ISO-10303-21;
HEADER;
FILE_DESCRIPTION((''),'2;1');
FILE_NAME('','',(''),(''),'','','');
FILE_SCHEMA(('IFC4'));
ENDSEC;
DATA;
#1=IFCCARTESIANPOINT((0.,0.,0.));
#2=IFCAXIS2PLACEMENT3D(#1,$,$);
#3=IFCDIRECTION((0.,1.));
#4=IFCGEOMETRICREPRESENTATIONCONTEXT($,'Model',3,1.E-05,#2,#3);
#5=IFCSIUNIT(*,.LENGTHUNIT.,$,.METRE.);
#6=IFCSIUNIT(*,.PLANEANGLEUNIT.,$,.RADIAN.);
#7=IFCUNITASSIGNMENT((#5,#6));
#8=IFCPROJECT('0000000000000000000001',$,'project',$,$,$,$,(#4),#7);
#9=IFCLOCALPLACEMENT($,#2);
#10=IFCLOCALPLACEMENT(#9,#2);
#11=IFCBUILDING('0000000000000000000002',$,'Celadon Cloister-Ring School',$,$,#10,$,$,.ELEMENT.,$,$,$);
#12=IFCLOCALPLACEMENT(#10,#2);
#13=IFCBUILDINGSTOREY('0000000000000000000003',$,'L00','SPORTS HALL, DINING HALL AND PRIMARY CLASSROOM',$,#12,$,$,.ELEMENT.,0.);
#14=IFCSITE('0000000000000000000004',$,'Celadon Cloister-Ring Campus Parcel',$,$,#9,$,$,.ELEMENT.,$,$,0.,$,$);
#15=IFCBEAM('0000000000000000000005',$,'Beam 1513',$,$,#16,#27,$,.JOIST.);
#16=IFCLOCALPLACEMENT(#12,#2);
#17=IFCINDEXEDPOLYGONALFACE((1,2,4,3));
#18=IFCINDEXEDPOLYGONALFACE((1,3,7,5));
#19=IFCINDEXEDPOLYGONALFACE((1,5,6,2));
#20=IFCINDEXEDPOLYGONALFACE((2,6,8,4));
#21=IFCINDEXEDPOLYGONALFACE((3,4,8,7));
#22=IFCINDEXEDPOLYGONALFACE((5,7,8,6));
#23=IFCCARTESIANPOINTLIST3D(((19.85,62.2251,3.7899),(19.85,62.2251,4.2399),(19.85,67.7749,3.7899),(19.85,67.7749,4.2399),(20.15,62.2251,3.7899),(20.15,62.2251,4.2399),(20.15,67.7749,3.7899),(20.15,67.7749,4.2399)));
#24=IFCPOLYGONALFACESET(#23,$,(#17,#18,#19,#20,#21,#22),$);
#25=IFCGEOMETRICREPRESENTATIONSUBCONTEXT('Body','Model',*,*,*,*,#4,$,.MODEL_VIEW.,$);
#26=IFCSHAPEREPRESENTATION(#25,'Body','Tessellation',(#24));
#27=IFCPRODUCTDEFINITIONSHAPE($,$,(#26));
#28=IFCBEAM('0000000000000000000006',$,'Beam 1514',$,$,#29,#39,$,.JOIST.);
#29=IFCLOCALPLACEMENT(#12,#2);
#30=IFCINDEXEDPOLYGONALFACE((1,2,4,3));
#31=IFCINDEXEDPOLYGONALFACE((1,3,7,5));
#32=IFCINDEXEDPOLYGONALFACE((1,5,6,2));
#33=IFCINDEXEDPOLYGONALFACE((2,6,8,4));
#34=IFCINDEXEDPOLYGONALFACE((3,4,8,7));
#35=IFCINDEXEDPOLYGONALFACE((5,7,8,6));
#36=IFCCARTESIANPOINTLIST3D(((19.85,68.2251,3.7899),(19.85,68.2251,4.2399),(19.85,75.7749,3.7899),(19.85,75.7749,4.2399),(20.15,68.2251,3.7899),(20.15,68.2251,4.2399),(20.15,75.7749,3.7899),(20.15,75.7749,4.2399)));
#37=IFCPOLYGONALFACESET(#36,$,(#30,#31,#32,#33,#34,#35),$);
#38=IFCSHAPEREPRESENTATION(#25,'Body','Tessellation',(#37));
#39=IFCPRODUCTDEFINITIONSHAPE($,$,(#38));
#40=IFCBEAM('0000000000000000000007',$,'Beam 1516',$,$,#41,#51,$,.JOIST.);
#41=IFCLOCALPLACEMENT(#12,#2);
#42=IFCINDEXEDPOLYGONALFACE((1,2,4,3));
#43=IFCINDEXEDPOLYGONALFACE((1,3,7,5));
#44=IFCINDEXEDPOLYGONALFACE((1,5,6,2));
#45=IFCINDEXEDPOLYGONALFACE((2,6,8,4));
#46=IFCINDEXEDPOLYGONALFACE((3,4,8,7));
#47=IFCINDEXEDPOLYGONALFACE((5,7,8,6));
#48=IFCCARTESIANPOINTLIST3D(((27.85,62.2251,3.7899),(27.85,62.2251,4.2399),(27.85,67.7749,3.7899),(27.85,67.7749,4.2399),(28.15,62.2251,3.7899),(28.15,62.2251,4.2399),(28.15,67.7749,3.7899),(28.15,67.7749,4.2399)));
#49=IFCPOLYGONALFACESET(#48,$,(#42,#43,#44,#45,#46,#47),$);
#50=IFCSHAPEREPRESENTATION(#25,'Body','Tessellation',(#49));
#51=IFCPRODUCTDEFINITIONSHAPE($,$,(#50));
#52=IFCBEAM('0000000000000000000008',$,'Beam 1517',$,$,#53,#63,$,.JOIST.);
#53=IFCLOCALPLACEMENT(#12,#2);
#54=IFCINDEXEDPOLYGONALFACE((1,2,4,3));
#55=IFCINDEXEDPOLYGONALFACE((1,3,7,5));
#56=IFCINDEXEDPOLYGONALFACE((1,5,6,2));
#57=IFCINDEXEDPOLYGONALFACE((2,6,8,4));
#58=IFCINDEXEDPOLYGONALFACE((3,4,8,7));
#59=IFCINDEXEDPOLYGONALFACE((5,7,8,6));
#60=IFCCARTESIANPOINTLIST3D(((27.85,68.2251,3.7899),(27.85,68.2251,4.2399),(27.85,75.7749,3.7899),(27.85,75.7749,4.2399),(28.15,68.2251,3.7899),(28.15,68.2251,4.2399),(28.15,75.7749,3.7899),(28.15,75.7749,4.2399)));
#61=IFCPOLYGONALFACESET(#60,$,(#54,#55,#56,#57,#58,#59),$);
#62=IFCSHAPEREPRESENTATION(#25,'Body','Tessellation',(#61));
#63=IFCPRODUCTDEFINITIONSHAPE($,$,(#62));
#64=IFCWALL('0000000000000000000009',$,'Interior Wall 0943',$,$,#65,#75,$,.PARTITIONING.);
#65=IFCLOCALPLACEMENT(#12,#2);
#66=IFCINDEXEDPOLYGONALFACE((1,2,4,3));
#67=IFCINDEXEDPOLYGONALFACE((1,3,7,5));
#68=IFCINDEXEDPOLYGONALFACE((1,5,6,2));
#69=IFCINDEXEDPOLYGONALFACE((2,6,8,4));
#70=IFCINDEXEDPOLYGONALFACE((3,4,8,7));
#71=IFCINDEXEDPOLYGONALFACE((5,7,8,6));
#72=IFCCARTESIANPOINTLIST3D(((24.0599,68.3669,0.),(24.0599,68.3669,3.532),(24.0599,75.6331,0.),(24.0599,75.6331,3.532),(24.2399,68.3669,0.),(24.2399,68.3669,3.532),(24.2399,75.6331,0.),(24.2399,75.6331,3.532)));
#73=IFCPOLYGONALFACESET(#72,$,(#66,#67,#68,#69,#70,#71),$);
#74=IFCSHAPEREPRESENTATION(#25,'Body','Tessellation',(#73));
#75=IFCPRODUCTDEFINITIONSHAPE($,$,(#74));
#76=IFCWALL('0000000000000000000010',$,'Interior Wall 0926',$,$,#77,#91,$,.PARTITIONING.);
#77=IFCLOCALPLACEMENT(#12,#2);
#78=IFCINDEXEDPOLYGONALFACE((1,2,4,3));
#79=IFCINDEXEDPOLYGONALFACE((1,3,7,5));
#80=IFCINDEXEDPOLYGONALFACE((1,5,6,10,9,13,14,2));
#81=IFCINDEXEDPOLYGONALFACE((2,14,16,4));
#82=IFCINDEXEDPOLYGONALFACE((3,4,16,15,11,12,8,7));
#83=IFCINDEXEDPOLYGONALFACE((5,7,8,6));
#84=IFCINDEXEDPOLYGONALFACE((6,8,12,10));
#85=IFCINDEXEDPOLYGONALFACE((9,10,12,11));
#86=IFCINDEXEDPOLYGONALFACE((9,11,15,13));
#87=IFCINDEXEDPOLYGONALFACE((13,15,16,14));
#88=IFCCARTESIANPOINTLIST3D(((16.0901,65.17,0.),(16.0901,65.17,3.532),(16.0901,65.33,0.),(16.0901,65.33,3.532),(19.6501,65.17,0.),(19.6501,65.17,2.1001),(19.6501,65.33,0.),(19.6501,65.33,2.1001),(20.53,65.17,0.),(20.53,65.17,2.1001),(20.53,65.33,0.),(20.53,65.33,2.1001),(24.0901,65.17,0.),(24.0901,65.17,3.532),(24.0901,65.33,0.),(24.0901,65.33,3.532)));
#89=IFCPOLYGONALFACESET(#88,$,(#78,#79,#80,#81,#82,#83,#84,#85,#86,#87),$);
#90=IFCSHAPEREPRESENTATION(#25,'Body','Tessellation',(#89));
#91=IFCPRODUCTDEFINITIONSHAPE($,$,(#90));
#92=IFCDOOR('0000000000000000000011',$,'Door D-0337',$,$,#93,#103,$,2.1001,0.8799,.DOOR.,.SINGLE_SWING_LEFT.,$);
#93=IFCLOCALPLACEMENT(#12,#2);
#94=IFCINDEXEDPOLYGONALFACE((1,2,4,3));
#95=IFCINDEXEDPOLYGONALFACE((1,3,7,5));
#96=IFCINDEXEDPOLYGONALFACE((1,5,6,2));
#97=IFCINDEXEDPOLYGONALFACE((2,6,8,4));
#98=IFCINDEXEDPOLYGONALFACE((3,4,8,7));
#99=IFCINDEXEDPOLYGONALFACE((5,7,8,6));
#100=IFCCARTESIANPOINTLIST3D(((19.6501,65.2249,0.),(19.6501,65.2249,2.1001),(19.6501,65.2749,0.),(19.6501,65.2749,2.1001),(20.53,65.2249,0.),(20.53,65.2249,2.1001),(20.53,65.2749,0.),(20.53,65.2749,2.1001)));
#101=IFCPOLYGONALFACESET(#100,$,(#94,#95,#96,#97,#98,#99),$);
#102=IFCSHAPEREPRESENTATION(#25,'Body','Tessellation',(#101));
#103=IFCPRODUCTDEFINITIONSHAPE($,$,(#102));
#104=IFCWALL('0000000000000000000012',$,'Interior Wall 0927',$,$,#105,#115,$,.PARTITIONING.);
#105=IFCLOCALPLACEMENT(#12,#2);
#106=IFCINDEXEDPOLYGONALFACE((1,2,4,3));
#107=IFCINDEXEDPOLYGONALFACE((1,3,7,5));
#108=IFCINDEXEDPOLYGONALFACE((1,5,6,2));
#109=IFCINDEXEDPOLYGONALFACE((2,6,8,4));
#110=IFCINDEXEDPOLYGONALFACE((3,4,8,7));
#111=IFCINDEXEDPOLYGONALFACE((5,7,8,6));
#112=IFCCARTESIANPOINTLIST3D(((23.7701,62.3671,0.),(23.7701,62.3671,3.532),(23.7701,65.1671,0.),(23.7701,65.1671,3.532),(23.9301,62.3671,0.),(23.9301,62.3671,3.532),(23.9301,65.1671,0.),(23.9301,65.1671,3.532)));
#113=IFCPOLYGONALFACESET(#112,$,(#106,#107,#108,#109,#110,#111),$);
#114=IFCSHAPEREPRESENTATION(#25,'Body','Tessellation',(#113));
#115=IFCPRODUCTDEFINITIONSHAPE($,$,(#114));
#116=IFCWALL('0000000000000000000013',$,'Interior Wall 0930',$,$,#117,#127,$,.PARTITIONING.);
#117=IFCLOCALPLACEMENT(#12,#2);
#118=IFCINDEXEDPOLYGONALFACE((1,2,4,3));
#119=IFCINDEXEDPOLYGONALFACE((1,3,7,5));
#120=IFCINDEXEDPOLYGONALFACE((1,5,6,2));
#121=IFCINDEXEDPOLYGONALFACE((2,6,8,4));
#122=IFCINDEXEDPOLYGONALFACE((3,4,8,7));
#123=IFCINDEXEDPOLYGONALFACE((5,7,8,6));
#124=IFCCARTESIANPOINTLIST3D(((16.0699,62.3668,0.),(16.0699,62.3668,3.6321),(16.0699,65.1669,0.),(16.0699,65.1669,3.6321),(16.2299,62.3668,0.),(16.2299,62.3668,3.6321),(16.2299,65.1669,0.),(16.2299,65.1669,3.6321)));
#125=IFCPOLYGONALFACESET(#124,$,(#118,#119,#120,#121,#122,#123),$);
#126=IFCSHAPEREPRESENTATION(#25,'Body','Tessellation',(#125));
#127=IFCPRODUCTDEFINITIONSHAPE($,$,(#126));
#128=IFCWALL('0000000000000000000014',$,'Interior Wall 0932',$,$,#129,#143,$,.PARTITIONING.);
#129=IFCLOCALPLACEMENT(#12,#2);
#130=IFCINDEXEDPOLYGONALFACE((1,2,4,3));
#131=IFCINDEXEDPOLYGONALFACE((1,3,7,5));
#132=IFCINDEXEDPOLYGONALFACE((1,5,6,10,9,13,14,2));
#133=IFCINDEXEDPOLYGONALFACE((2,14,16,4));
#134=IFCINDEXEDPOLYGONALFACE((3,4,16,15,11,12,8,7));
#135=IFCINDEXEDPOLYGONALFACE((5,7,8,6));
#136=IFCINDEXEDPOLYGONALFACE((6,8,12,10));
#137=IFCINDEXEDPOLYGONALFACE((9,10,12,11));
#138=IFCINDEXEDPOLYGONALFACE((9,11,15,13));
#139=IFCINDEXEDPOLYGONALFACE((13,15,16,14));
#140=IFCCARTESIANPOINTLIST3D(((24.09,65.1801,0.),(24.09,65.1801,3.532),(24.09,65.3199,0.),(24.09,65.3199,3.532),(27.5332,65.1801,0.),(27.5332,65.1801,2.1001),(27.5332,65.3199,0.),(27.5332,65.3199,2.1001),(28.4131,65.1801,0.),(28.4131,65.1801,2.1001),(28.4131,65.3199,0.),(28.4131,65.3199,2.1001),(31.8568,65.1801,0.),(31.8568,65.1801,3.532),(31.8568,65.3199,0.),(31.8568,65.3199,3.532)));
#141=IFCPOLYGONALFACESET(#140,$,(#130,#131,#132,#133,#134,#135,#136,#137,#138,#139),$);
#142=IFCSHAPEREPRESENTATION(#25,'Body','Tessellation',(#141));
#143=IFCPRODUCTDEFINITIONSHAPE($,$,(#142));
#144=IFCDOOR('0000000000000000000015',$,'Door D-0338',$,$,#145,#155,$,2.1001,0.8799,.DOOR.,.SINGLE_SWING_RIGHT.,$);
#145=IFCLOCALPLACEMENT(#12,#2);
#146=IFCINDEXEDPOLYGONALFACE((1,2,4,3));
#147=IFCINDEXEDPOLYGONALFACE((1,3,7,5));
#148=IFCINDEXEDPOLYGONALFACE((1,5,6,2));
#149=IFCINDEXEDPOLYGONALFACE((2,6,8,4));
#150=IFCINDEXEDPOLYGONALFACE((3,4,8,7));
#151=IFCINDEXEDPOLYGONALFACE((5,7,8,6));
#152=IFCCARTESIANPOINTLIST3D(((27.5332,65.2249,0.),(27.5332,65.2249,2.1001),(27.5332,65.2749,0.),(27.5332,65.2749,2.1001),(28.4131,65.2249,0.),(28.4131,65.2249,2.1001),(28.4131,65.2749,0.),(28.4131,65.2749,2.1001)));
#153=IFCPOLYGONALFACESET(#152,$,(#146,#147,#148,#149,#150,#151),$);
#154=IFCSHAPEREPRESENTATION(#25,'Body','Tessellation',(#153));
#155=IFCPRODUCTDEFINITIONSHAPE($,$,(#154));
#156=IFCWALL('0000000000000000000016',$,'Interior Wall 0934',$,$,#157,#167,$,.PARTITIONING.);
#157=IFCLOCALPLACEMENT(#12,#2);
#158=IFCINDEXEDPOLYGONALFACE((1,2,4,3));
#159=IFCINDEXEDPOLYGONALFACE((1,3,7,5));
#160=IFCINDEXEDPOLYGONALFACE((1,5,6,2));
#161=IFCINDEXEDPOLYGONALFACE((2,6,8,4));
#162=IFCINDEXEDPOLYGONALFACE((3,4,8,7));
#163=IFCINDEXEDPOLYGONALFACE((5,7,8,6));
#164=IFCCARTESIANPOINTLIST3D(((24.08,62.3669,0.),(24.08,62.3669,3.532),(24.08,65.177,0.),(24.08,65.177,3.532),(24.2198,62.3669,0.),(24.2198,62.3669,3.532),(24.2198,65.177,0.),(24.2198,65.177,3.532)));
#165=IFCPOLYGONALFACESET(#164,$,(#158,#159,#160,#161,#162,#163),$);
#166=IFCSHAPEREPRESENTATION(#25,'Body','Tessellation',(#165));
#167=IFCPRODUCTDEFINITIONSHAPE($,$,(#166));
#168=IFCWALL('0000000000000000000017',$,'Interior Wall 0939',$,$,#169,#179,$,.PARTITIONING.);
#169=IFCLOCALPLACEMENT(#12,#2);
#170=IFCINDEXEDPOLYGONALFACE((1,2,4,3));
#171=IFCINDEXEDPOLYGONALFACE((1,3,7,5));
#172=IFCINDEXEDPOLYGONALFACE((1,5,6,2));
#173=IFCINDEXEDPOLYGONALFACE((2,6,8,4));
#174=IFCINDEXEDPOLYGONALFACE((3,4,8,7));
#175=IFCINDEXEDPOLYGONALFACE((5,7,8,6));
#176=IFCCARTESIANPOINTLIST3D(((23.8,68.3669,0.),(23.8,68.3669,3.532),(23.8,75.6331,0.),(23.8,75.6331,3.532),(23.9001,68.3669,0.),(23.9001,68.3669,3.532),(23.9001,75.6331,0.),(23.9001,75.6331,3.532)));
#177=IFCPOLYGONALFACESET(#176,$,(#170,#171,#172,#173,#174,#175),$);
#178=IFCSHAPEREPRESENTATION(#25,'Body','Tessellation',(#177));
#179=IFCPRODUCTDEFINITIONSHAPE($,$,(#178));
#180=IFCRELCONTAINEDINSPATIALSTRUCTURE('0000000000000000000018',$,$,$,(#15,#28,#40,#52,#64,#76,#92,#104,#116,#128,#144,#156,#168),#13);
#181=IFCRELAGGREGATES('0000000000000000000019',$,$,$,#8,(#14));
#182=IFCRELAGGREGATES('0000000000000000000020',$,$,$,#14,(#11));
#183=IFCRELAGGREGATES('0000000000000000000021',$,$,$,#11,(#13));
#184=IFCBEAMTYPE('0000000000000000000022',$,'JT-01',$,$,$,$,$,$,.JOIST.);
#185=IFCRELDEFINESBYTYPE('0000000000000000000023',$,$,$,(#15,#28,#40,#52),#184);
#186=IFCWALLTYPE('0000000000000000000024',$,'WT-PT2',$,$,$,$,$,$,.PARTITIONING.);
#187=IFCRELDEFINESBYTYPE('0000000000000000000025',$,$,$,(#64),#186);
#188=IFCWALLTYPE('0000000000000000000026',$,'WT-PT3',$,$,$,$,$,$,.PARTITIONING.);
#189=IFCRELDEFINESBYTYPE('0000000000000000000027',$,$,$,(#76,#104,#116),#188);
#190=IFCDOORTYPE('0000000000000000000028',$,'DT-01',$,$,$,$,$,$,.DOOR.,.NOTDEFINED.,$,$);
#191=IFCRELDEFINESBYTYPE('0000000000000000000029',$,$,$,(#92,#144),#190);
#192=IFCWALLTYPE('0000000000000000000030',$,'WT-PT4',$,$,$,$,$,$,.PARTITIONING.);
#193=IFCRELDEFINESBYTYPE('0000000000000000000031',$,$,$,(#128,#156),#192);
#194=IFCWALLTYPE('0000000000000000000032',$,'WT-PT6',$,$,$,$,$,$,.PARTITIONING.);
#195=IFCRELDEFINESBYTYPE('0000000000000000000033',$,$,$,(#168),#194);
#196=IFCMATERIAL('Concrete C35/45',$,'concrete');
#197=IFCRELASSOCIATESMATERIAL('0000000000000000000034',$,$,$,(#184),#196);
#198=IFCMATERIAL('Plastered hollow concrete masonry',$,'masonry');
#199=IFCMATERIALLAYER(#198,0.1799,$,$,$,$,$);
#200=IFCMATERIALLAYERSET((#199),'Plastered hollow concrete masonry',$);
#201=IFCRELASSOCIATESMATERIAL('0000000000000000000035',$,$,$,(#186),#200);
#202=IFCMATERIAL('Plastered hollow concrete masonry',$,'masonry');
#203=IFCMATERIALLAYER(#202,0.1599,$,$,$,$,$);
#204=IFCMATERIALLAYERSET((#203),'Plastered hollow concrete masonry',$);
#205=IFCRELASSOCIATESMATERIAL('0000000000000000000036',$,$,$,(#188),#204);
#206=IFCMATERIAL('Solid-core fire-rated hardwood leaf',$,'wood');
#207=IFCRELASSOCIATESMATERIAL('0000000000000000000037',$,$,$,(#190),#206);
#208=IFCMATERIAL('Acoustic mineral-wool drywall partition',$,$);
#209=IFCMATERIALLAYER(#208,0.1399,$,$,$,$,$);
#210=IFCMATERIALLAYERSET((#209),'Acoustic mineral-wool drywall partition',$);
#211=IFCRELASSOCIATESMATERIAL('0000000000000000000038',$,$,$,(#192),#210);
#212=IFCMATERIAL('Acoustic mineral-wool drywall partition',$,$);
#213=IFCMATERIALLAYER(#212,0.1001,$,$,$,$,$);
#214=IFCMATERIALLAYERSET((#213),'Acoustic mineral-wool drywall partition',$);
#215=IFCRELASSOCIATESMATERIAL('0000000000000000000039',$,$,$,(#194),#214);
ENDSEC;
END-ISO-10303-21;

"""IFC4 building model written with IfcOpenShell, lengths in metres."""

from ifc_helpers import new_model, si_unit, direction, frame, frame_2d, origin, origin_2d, place, context, subcontext, project, spatial, rectangle, extrude, material, layer, layer_set, material_profile, profile_set, type_object, element, fill, save


model = new_model("IFC4")

# Units and contexts
model_context = context("Model", 3, precision=1e-05, world=origin(), true_north=direction((0.0, 1.0)))
body_context = subcontext(model_context, "Body", "Model", "MODEL_VIEW")
ifc_project = project(units=[si_unit("LENGTHUNIT", "METRE"), si_unit("PLANEANGLEUNIT", "RADIAN")], contexts=[model_context])

# Site, building, storey
site_placement = place(None, origin())
site = spatial("IfcSite", under=ifc_project, at=site_placement, Name="Celadon Cloister-Ring Campus Parcel", CompositionType="ELEMENT", RefElevation=0.0)
building_placement = place(site_placement, origin())
building = spatial("IfcBuilding", under=site, at=building_placement, Name="Celadon Cloister-Ring School", CompositionType="ELEMENT")
storey_placement = place(building_placement, origin())
storey = spatial("IfcBuildingStorey", under=building, at=storey_placement, Name="L00", Description="SPORTS HALL, DINING HALL AND PRIMARY CLASSROOM", CompositionType="ELEMENT", Elevation=0.0)

# Beams
ifc_material_1 = material(Name="Concrete C35/45", Category="concrete")
ifc_material_profile_1 = material_profile(ifc_material_1, rectangle(XDim=0.3, YDim=0.45, at=origin_2d()), Name="RC300X450")
ifc_profile_set_1 = profile_set([ifc_material_profile_1], Name="Concrete C35/45")
beam_type_1 = type_object("IfcBeamType", Name="JT-01", PredefinedType="JOIST", material=ifc_profile_set_1)
beam_1_placement = place(storey_placement, frame((20.0, 62.2251, 4.0149), z_axis=(0.0, 1.0, 0.0), x_axis=(-1.0, 0.0, 0.0)))
element("IfcBeam", 1, at=beam_1_placement, inside=storey, type_object=beam_type_1, Name="Beam 1513", PredefinedType="JOIST", context=body_context, shape_type="SweptSolid", body=[
    extrude(rectangle(XDim=0.3, YDim=0.45, at=origin_2d()), origin(), (0.0, 0.0, 1.0), 5.5498),
])
beam_2_placement = place(storey_placement, frame((20.0, 68.2251, 4.0149), z_axis=(0.0, 1.0, 0.0), x_axis=(-1.0, 0.0, 0.0)))
element("IfcBeam", 2, at=beam_2_placement, inside=storey, type_object=beam_type_1, Name="Beam 1514", PredefinedType="JOIST", context=body_context, shape_type="SweptSolid", body=[
    extrude(rectangle(XDim=0.3, YDim=0.45, at=origin_2d()), origin(), (0.0, 0.0, 1.0), 7.5498),
])
beam_3_placement = place(storey_placement, frame((28.0, 62.2251, 4.0149), z_axis=(0.0, 1.0, 0.0), x_axis=(-1.0, 0.0, 0.0)))
element("IfcBeam", 3, at=beam_3_placement, inside=storey, type_object=beam_type_1, Name="Beam 1516", PredefinedType="JOIST", context=body_context, shape_type="SweptSolid", body=[
    extrude(rectangle(XDim=0.3, YDim=0.45, at=origin_2d()), origin(), (0.0, 0.0, 1.0), 5.5498),
])
beam_4_placement = place(storey_placement, frame((28.0, 68.2251, 4.0149), z_axis=(0.0, 1.0, 0.0), x_axis=(-1.0, 0.0, 0.0)))
element("IfcBeam", 4, at=beam_4_placement, inside=storey, type_object=beam_type_1, Name="Beam 1517", PredefinedType="JOIST", context=body_context, shape_type="SweptSolid", body=[
    extrude(rectangle(XDim=0.3, YDim=0.45, at=origin_2d()), origin(), (0.0, 0.0, 1.0), 7.5498),
])

# Wall
ifc_material_2 = material(Name="Plastered hollow concrete masonry", Category="masonry")
ifc_layer_1 = layer(ifc_material_2, 0.1799)
ifc_layer_set_1 = layer_set([ifc_layer_1], Name="Plastered hollow concrete masonry")
wall_type_1 = type_object("IfcWallType", Name="WT-PT2", PredefinedType="PARTITIONING", material=ifc_layer_set_1)
wall_1_placement = place(storey_placement, frame((24.1499, 68.3669, 0.0), z_axis=(0.0, 0.0, 1.0), x_axis=(0.0, 1.0, 0.0)))
element("IfcWall", 5, at=wall_1_placement, inside=storey, type_object=wall_type_1, Name="Interior Wall 0943", PredefinedType="PARTITIONING", context=body_context, shape_type="SweptSolid", body=[
    extrude(rectangle(XDim=7.2661, YDim=0.1799, at=frame_2d((3.6331, 0.0))), origin(), (0.0, 0.0, 1.0), 3.532),
])

# Wall, opening, door
ifc_material_3 = material(Name="Plastered hollow concrete masonry", Category="masonry")
ifc_layer_2 = layer(ifc_material_3, 0.1599)
ifc_layer_set_2 = layer_set([ifc_layer_2], Name="Plastered hollow concrete masonry")
wall_type_2 = type_object("IfcWallType", Name="WT-PT3", PredefinedType="PARTITIONING", material=ifc_layer_set_2)
wall_2_placement = place(storey_placement, frame((16.0901, 65.25, 0.0), z_axis=(0.0, 0.0, 1.0), x_axis=(1.0, 0.0, 0.0)))
wall_2 = element("IfcWall", 6, at=wall_2_placement, inside=storey, type_object=wall_type_2, Name="Interior Wall 0926", PredefinedType="PARTITIONING", context=body_context, shape_type="SweptSolid", body=[
    extrude(rectangle(XDim=8.0, YDim=0.1599, at=frame_2d((4.0, 0.0))), origin(), (0.0, 0.0, 1.0), 3.532),
])
opening_1_placement = place(wall_2_placement, frame((3.5601, 0.0, 0.0)))
opening_1 = element("IfcOpeningElement", 7, at=opening_1_placement, cuts=wall_2, PredefinedType="OPENING", context=body_context, shape_type="SweptSolid", body=[
    extrude(rectangle(XDim=0.8799, YDim=2.1001, at=frame_2d((0.4399, 1.05))), frame((0.0, 0.0898, 0.0), z_axis=(0.0, -1.0, 0.0), x_axis=(1.0, 0.0, 0.0)), (0.0, 0.0, 1.0), 0.1799),
])
ifc_material_4 = material(Name="Solid-core fire-rated hardwood leaf", Category="wood")
door_type_1 = type_object("IfcDoorType", Name="DT-01", OperationType="NOTDEFINED", PredefinedType="DOOR", material=ifc_material_4)
door_1_placement = place(opening_1_placement, origin())
door_1 = element("IfcDoor", 8, at=door_1_placement, inside=storey, type_object=door_type_1, Name="Door D-0337", OperationType="SINGLE_SWING_LEFT", OverallHeight=2.1001, OverallWidth=0.8799, PredefinedType="DOOR", context=body_context, shape_type="SweptSolid", body=[
    extrude(rectangle(XDim=0.8799, YDim=2.1001, at=frame_2d((0.4399, 1.05))), frame((0.0, 0.0249, 0.0), z_axis=(0.0, -1.0, 0.0), x_axis=(1.0, 0.0, 0.0)), (0.0, 0.0, 1.0), 0.05),
])
fill(opening_1, door_1)

# Walls
wall_3_placement = place(storey_placement, frame((23.8501, 65.167, 0.0), z_axis=(0.0, 0.0, 1.0), x_axis=(0.0, -1.0, 0.0)))
element("IfcWall", 9, at=wall_3_placement, inside=storey, type_object=wall_type_2, Name="Interior Wall 0927", PredefinedType="PARTITIONING", context=body_context, shape_type="SweptSolid", body=[
    extrude(rectangle(XDim=2.8, YDim=0.1599, at=frame_2d((1.3999, 0.0))), origin(), (0.0, 0.0, 1.0), 3.532),
])
wall_4_placement = place(storey_placement, frame((16.1499, 62.3669, 0.0), z_axis=(0.0, 0.0, 1.0), x_axis=(0.0, 1.0, 0.0)))
element("IfcWall", 10, at=wall_4_placement, inside=storey, type_object=wall_type_2, Name="Interior Wall 0930", PredefinedType="PARTITIONING", context=body_context, shape_type="SweptSolid", body=[
    extrude(rectangle(XDim=2.8, YDim=0.1599, at=frame_2d((1.3999, 0.0))), origin(), (0.0, 0.0, 1.0), 3.6321),
])

# Wall, opening, door
ifc_material_5 = material(Name="Acoustic mineral-wool drywall partition")
ifc_layer_3 = layer(ifc_material_5, 0.1399)
ifc_layer_set_3 = layer_set([ifc_layer_3], Name="Acoustic mineral-wool drywall partition")
wall_type_3 = type_object("IfcWallType", Name="WT-PT4", PredefinedType="PARTITIONING", material=ifc_layer_set_3)
wall_5_placement = place(storey_placement, frame((24.0901, 65.25, 0.0), z_axis=(0.0, 0.0, 1.0), x_axis=(1.0, 0.0, 0.0)))
wall_5 = element("IfcWall", 11, at=wall_5_placement, inside=storey, type_object=wall_type_3, Name="Interior Wall 0932", PredefinedType="PARTITIONING", context=body_context, shape_type="SweptSolid", body=[
    extrude(rectangle(XDim=7.7668, YDim=0.1399, at=frame_2d((3.8833, 0.0))), origin(), (0.0, 0.0, 1.0), 3.532),
])
opening_2_placement = place(wall_5_placement, frame((3.4431, 0.0, 0.0)))
opening_2 = element("IfcOpeningElement", 12, at=opening_2_placement, cuts=wall_5, PredefinedType="OPENING", context=body_context, shape_type="SweptSolid", body=[
    extrude(rectangle(XDim=0.8799, YDim=2.1001, at=frame_2d((0.4399, 1.05))), frame((0.0, 0.0801, 0.0), z_axis=(0.0, -1.0, 0.0), x_axis=(1.0, 0.0, 0.0)), (0.0, 0.0, 1.0), 0.1599),
])
door_2_placement = place(opening_2_placement, origin())
door_2 = element("IfcDoor", 13, at=door_2_placement, inside=storey, type_object=door_type_1, Name="Door D-0338", OperationType="SINGLE_SWING_RIGHT", OverallHeight=2.1001, OverallWidth=0.8799, PredefinedType="DOOR", context=body_context, shape_type="SweptSolid", body=[
    extrude(rectangle(XDim=0.8799, YDim=2.1001, at=frame_2d((0.4399, 1.05))), frame((0.0, 0.0249, 0.0), z_axis=(0.0, -1.0, 0.0), x_axis=(1.0, 0.0, 0.0)), (0.0, 0.0, 1.0), 0.05),
])
fill(opening_2, door_2)

# Walls
wall_6_placement = place(storey_placement, frame((24.1499, 62.3669, 0.0), z_axis=(0.0, 0.0, 1.0), x_axis=(0.0, 1.0, 0.0)))
element("IfcWall", 14, at=wall_6_placement, inside=storey, type_object=wall_type_3, Name="Interior Wall 0934", PredefinedType="PARTITIONING", context=body_context, shape_type="SweptSolid", body=[
    extrude(rectangle(XDim=2.8101, YDim=0.1399, at=frame_2d((1.405, 0.0))), origin(), (0.0, 0.0, 1.0), 3.532),
])
ifc_material_6 = material(Name="Acoustic mineral-wool drywall partition")
ifc_layer_4 = layer(ifc_material_6, 0.1001)
ifc_layer_set_4 = layer_set([ifc_layer_4], Name="Acoustic mineral-wool drywall partition")
wall_type_4 = type_object("IfcWallType", Name="WT-PT6", PredefinedType="PARTITIONING", material=ifc_layer_set_4)
wall_7_placement = place(storey_placement, frame((23.8501, 75.6331, 0.0), z_axis=(0.0, 0.0, 1.0), x_axis=(0.0, -1.0, 0.0)))
element("IfcWall", 15, at=wall_7_placement, inside=storey, type_object=wall_type_4, Name="Interior Wall 0939", PredefinedType="PARTITIONING", context=body_context, shape_type="SweptSolid", body=[
    extrude(rectangle(XDim=7.2661, YDim=0.1001, at=frame_2d((3.6331, 0.0))), origin(), (0.0, 0.0, 1.0), 3.532),
])

save(model, "model.ifc")
